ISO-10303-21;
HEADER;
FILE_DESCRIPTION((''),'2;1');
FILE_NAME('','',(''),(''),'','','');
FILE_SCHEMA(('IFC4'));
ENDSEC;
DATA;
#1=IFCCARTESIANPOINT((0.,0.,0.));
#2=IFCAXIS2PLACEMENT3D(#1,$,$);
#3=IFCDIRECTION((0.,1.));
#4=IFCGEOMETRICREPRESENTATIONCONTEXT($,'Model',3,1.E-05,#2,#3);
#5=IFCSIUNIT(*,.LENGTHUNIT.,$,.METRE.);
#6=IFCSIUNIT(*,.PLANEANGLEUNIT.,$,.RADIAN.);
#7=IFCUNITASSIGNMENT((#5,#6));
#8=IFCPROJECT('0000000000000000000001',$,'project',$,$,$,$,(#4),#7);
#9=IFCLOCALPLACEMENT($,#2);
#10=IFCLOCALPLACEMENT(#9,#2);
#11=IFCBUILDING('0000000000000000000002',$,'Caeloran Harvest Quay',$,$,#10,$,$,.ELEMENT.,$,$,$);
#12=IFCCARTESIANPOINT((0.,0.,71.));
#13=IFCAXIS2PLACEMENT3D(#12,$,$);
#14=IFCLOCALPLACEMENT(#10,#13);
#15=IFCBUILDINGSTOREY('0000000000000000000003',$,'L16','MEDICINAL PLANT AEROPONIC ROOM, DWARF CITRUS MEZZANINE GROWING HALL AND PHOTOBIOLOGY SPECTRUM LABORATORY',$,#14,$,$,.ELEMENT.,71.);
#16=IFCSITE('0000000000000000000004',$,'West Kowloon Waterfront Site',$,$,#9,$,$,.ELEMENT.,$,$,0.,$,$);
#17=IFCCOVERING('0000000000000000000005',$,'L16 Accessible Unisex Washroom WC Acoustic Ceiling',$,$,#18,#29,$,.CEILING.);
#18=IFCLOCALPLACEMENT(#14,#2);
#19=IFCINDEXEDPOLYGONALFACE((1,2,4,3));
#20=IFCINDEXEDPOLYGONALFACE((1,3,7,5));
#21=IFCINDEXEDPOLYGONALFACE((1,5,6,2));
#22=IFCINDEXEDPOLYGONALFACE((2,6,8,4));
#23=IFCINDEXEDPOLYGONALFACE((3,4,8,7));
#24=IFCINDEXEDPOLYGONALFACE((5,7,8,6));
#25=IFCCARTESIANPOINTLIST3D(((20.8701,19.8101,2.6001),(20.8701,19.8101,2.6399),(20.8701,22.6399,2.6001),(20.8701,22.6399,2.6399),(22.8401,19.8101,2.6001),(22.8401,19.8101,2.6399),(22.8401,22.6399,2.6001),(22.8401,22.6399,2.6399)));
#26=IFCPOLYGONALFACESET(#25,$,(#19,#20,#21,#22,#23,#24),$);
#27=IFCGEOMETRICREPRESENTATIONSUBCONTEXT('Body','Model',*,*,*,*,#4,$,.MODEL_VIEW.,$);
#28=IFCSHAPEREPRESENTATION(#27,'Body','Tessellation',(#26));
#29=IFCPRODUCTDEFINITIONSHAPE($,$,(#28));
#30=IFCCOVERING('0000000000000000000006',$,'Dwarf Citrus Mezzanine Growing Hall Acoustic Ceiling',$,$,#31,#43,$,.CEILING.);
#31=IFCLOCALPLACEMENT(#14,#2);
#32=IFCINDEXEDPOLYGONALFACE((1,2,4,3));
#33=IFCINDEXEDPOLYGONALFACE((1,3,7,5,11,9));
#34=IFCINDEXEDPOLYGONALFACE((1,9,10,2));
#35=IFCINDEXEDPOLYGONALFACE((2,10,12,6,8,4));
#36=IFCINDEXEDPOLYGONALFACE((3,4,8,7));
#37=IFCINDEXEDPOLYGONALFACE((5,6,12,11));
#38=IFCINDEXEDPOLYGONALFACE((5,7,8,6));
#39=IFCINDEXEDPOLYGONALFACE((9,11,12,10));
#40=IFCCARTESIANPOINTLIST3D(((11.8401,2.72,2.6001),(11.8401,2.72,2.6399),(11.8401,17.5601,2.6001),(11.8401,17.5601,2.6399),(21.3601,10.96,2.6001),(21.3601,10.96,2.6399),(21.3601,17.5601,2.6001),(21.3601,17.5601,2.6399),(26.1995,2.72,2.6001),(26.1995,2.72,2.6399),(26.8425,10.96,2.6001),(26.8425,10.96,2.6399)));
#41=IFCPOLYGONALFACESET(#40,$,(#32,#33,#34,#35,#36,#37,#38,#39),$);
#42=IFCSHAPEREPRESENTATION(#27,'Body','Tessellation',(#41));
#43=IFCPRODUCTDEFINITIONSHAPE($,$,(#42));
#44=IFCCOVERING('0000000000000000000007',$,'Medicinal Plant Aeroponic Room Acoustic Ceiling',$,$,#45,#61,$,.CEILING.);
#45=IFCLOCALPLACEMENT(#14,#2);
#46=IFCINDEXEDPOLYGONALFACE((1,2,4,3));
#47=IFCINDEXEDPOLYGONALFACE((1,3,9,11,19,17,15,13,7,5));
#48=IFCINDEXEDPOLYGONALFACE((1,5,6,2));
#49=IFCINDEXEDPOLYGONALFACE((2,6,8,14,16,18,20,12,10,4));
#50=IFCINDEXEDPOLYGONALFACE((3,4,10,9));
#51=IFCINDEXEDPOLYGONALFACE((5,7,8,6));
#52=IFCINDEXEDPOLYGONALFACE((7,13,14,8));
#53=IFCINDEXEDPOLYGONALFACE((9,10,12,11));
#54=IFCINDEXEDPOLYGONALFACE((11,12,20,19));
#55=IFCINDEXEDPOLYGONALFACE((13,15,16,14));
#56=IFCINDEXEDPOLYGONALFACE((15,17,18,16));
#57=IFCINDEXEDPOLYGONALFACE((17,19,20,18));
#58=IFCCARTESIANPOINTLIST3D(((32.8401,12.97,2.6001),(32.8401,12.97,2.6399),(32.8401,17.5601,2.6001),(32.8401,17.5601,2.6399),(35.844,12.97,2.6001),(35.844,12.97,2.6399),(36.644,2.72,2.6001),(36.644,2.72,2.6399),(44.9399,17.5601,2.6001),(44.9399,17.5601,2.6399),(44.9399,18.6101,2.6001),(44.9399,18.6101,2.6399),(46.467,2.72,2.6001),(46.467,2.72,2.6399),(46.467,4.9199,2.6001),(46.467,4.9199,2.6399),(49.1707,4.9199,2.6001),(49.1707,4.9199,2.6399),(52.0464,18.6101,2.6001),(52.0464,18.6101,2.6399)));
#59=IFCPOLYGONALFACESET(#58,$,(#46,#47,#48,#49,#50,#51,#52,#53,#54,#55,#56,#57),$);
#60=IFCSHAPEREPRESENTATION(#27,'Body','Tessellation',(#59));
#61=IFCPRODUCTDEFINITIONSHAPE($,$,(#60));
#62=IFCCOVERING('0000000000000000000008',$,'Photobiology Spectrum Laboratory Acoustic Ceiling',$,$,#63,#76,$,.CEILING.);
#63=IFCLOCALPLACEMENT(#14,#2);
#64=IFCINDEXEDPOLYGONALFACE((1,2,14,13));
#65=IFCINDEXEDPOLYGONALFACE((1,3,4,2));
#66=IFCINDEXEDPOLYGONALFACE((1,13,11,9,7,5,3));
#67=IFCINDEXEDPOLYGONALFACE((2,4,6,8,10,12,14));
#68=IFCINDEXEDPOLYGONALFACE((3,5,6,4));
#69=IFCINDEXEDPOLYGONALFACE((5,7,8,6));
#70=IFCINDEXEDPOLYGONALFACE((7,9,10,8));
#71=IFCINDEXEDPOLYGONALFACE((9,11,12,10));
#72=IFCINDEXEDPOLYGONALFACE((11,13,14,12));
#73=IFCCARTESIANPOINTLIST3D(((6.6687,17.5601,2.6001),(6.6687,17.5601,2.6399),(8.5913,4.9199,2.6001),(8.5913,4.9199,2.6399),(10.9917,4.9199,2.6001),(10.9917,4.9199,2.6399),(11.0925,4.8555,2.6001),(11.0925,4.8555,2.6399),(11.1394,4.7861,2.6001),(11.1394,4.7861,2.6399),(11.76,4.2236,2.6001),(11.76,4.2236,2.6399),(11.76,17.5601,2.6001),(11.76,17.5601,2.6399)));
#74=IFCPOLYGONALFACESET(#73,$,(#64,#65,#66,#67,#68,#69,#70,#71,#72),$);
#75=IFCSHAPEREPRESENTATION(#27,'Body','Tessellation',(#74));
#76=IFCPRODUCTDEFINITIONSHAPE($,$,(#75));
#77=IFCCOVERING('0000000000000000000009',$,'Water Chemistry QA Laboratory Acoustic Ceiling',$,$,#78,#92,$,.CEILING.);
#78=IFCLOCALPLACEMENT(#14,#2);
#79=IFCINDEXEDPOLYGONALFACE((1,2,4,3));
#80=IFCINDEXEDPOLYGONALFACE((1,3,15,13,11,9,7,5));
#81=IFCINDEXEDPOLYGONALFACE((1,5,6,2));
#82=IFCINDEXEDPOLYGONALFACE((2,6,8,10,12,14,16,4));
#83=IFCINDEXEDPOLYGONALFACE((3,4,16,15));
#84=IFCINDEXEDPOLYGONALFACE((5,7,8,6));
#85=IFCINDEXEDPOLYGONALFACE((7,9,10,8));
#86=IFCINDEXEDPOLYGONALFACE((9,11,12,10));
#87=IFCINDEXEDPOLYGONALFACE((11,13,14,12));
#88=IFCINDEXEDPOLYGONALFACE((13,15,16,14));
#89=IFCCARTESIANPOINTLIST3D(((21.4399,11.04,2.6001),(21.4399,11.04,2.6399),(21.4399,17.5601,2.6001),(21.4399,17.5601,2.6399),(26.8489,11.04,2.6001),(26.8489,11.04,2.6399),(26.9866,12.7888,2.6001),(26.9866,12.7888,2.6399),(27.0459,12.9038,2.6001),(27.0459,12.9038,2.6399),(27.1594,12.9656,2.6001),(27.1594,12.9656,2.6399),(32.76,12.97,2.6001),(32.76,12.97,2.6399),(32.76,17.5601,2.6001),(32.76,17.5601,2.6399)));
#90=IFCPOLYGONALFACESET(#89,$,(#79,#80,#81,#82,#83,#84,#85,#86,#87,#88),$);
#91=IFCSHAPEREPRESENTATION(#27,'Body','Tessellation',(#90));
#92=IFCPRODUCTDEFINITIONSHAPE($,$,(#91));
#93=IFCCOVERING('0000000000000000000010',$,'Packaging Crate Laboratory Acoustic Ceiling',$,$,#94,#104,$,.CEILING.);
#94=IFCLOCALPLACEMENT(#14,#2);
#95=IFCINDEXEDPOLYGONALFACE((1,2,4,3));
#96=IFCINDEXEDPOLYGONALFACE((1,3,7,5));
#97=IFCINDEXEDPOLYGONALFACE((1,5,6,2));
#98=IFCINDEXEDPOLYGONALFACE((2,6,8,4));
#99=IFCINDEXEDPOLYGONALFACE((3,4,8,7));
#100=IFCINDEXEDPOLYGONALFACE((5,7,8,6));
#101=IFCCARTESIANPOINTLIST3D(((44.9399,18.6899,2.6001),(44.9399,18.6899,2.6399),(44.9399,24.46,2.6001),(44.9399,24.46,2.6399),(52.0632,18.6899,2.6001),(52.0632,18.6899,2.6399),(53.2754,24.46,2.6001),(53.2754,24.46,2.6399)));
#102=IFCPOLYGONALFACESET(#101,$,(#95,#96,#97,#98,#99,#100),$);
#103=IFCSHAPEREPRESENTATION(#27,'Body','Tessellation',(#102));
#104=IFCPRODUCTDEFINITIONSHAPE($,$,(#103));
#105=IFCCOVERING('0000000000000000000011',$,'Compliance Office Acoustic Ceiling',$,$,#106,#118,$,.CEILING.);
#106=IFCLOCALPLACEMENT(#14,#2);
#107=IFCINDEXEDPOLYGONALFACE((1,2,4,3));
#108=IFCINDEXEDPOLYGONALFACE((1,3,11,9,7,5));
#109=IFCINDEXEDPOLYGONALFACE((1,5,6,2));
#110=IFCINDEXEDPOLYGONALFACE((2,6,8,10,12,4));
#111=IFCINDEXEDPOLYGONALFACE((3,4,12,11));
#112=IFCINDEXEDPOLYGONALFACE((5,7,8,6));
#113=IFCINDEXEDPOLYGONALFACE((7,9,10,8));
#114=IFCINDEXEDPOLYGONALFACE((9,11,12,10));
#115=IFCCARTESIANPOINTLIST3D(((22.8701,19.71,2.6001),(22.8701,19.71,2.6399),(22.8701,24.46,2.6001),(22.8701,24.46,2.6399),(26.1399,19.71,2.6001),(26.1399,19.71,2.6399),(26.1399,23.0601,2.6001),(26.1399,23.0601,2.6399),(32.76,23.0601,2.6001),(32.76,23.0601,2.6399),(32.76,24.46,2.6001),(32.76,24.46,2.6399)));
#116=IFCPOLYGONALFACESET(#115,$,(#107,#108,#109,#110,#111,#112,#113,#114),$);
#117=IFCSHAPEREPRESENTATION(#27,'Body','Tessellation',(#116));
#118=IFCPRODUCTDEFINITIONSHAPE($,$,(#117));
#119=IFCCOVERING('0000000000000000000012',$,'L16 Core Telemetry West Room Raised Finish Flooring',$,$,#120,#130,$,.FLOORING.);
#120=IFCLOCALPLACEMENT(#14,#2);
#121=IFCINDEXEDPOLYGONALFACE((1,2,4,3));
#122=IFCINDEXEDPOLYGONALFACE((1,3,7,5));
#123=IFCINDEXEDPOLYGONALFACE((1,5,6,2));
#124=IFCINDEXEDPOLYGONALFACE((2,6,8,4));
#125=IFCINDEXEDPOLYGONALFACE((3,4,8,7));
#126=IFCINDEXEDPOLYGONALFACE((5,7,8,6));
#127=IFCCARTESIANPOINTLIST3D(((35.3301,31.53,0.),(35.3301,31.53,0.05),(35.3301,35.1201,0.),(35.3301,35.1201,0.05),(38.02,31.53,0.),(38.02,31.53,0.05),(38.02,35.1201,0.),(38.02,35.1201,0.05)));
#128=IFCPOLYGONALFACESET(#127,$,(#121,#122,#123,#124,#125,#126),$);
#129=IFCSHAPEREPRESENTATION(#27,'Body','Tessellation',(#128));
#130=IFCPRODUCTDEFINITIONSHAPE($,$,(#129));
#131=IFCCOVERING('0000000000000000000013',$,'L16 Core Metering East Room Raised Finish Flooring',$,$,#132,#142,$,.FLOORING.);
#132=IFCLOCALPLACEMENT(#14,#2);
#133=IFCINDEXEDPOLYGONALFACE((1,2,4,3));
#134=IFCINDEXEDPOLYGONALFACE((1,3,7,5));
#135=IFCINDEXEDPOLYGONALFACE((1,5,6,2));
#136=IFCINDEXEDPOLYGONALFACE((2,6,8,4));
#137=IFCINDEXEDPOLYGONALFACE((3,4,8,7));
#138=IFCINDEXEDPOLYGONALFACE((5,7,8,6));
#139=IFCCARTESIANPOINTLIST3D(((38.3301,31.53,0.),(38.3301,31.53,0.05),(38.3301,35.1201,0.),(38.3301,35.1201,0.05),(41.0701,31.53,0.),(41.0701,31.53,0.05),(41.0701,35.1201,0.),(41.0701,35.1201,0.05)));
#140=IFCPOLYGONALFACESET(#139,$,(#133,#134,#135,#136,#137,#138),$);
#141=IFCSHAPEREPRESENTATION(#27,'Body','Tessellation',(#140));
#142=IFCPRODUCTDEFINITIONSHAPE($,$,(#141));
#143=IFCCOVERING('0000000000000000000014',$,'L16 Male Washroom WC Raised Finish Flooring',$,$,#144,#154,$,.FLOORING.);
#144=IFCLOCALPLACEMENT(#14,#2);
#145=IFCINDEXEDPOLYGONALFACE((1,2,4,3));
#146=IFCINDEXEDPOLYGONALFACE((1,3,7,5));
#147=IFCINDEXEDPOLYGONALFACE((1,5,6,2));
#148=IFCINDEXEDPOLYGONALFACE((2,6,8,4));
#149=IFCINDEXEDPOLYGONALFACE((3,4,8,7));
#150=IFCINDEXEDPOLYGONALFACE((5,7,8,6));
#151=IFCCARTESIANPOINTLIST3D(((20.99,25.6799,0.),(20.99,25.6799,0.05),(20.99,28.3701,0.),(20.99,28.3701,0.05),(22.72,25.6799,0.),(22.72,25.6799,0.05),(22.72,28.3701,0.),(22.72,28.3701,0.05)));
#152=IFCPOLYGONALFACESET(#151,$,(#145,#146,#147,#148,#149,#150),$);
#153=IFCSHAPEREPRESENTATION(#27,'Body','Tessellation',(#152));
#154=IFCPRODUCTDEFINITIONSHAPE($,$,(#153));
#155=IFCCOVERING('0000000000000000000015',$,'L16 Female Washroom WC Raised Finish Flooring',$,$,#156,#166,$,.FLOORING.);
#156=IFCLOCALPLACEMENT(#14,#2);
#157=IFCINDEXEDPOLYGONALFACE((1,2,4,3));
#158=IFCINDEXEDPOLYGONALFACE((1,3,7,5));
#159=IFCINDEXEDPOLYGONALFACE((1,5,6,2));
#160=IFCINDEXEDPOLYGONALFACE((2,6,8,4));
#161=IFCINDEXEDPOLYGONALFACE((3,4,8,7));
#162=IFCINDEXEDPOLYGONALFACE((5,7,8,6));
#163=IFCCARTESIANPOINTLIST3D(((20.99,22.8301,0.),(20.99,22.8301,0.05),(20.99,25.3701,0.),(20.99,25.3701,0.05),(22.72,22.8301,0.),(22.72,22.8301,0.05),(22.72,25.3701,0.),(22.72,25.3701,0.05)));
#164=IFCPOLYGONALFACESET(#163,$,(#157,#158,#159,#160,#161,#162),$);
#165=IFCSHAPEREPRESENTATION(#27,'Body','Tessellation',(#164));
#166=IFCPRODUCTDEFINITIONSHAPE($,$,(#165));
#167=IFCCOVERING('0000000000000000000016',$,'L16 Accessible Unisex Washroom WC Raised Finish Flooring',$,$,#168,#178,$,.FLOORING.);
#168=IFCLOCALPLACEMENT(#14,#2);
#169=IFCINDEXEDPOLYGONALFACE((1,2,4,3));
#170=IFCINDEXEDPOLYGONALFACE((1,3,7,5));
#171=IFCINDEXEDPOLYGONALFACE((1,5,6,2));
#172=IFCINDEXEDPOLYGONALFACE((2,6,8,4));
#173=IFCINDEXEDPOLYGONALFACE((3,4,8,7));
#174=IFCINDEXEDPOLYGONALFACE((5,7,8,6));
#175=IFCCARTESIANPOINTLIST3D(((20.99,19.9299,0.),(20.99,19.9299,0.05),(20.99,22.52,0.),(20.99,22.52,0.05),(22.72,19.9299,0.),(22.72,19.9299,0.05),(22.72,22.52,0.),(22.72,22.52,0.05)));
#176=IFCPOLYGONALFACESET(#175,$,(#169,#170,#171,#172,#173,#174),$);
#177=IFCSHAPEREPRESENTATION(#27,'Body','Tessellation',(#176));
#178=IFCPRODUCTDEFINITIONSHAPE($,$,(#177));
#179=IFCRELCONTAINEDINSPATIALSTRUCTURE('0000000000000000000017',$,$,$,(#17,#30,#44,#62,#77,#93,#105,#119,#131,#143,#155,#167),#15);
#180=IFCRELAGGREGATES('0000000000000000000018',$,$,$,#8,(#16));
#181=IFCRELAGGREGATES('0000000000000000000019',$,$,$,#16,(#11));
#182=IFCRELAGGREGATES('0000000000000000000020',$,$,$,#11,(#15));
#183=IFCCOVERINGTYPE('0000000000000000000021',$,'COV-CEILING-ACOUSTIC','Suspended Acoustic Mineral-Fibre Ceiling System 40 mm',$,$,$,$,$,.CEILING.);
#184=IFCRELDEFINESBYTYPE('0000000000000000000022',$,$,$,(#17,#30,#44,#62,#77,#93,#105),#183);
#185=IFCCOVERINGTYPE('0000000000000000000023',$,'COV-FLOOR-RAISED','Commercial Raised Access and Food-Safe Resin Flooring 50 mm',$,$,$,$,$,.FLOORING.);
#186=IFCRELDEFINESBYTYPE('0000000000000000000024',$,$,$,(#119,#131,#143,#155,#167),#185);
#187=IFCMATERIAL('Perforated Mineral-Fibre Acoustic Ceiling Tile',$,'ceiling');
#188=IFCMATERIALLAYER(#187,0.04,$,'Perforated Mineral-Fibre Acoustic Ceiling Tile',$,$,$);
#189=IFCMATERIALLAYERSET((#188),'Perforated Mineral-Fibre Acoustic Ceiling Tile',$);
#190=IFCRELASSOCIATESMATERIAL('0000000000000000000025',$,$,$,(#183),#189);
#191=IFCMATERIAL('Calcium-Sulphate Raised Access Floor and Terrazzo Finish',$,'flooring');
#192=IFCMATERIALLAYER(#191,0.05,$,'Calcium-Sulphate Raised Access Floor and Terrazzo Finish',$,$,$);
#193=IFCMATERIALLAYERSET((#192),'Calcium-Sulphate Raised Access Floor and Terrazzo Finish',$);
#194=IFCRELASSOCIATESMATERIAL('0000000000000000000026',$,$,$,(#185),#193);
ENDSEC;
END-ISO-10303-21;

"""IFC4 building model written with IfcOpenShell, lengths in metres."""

from ifc_helpers import new_model, si_unit, direction, frame, origin, place, context, subcontext, project, spatial, polyline, outline, extrude, material, layer, layer_set, type_object, element, save


model = new_model("IFC4")

# Units and contexts
model_context = context("Model", 3, precision=1e-05, world=origin(), true_north=direction((0.0, 1.0)))
body_context = subcontext(model_context, "Body", "Model", "MODEL_VIEW")
ifc_project = project(units=[si_unit("LENGTHUNIT", "METRE"), si_unit("PLANEANGLEUNIT", "RADIAN")], contexts=[model_context])

# Site, building, storey
site_placement = place(None, origin())
site = spatial("IfcSite", under=ifc_project, at=site_placement, Name="West Kowloon Waterfront Site", CompositionType="ELEMENT", RefElevation=0.0)
building_placement = place(site_placement, origin())
building = spatial("IfcBuilding", under=site, at=building_placement, Name="Caeloran Harvest Quay", CompositionType="ELEMENT")
storey_placement = place(building_placement, frame((0.0, 0.0, 71.0)))
storey = spatial("IfcBuildingStorey", under=building, at=storey_placement, Name="L16", Description="MEDICINAL PLANT AEROPONIC ROOM, DWARF CITRUS MEZZANINE GROWING HALL AND PHOTOBIOLOGY SPECTRUM LABORATORY", CompositionType="ELEMENT", Elevation=71.0)

# Coverings
ifc_material_1 = material(Name="Perforated Mineral-Fibre Acoustic Ceiling Tile", Category="ceiling")
ifc_layer_1 = layer(ifc_material_1, 0.04, Name="Perforated Mineral-Fibre Acoustic Ceiling Tile")
ifc_layer_set_1 = layer_set([ifc_layer_1], Name="Perforated Mineral-Fibre Acoustic Ceiling Tile")
covering_type_1 = type_object("IfcCoveringType", Name="COV-CEILING-ACOUSTIC", Description="Suspended Acoustic Mineral-Fibre Ceiling System 40 mm", PredefinedType="CEILING", material=ifc_layer_set_1)
covering_1_placement = place(storey_placement, frame((0.0, 0.0, 2.6001)))
element("IfcCovering", 1, at=covering_1_placement, inside=storey, type_object=covering_type_1, Name="L16 Accessible Unisex Washroom WC Acoustic Ceiling", PredefinedType="CEILING", context=body_context, shape_type="SweptSolid", body=[
    extrude(outline(polyline([(22.8401, 19.8101), (20.8701, 19.8101), (20.8701, 22.6399), (22.8401, 22.6399), (22.8401, 19.8101)])), origin(), (0.0, 0.0, 1.0), 0.0398),
])
covering_2_placement = place(storey_placement, frame((0.0, 0.0, 2.6001)))
element("IfcCovering", 2, at=covering_2_placement, inside=storey, type_object=covering_type_1, Name="Dwarf Citrus Mezzanine Growing Hall Acoustic Ceiling", PredefinedType="CEILING", context=body_context, shape_type="SweptSolid", body=[
    extrude(outline(polyline([(21.3601, 10.96), (26.8425, 10.96), (26.1995, 2.72), (11.8401, 2.72), (11.8401, 17.5601), (21.3601, 17.5601), (21.3601, 10.96)])), origin(), (0.0, 0.0, 1.0), 0.0398),
])
covering_3_placement = place(storey_placement, frame((0.0, 0.0, 2.6001)))
element("IfcCovering", 3, at=covering_3_placement, inside=storey, type_object=covering_type_1, Name="Medicinal Plant Aeroponic Room Acoustic Ceiling", PredefinedType="CEILING", context=body_context, shape_type="SweptSolid", body=[
    extrude(outline(polyline([(32.8401, 17.5601), (44.9399, 17.5601), (44.9399, 18.6101), (52.0464, 18.6101), (49.1707, 4.9199), (46.467, 4.9199), (46.467, 2.72), (36.644, 2.72), (35.844, 12.97), (32.8401, 12.97), (32.8401, 17.5601)])), origin(), (0.0, 0.0, 1.0), 0.0398),
])
covering_4_placement = place(storey_placement, frame((0.0, 0.0, 2.6001)))
element("IfcCovering", 4, at=covering_4_placement, inside=storey, type_object=covering_type_1, Name="Photobiology Spectrum Laboratory Acoustic Ceiling", PredefinedType="CEILING", context=body_context, shape_type="SweptSolid", body=[
    extrude(outline(polyline([(11.76, 4.2236), (11.1394, 4.7861), (11.0925, 4.8555), (10.9917, 4.9199), (8.5913, 4.9199), (6.6687, 17.5601), (11.76, 17.5601), (11.76, 4.2236)])), origin(), (0.0, 0.0, 1.0), 0.0398),
])
covering_5_placement = place(storey_placement, frame((0.0, 0.0, 2.6001)))
element("IfcCovering", 5, at=covering_5_placement, inside=storey, type_object=covering_type_1, Name="Water Chemistry QA Laboratory Acoustic Ceiling", PredefinedType="CEILING", context=body_context, shape_type="SweptSolid", body=[
    extrude(outline(polyline([(27.1594, 12.9656), (27.0459, 12.9038), (26.9866, 12.7888), (26.8489, 11.04), (21.4399, 11.04), (21.4399, 17.5601), (32.76, 17.5601), (32.76, 12.97), (27.1594, 12.9656)])), origin(), (0.0, 0.0, 1.0), 0.0398),
])
covering_6_placement = place(storey_placement, frame((0.0, 0.0, 2.6001)))
element("IfcCovering", 6, at=covering_6_placement, inside=storey, type_object=covering_type_1, Name="Packaging Crate Laboratory Acoustic Ceiling", PredefinedType="CEILING", context=body_context, shape_type="SweptSolid", body=[
    extrude(outline(polyline([(44.9399, 24.46), (53.2754, 24.46), (52.0632, 18.6899), (44.9399, 18.6899), (44.9399, 24.46)])), origin(), (0.0, 0.0, 1.0), 0.0398),
])
covering_7_placement = place(storey_placement, frame((0.0, 0.0, 2.6001)))
element("IfcCovering", 7, at=covering_7_placement, inside=storey, type_object=covering_type_1, Name="Compliance Office Acoustic Ceiling", PredefinedType="CEILING", context=body_context, shape_type="SweptSolid", body=[
    extrude(outline(polyline([(26.1399, 23.0601), (26.1399, 19.71), (22.8701, 19.71), (22.8701, 24.46), (32.76, 24.46), (32.76, 23.0601), (26.1399, 23.0601)])), origin(), (0.0, 0.0, 1.0), 0.0398),
])
ifc_material_2 = material(Name="Calcium-Sulphate Raised Access Floor and Terrazzo Finish", Category="flooring")
ifc_layer_2 = layer(ifc_material_2, 0.05, Name="Calcium-Sulphate Raised Access Floor and Terrazzo Finish")
ifc_layer_set_2 = layer_set([ifc_layer_2], Name="Calcium-Sulphate Raised Access Floor and Terrazzo Finish")
covering_type_2 = type_object("IfcCoveringType", Name="COV-FLOOR-RAISED", Description="Commercial Raised Access and Food-Safe Resin Flooring 50 mm", PredefinedType="FLOORING", material=ifc_layer_set_2)
covering_8_placement = place(storey_placement, origin())
element("IfcCovering", 8, at=covering_8_placement, inside=storey, type_object=covering_type_2, Name="L16 Core Telemetry West Room Raised Finish Flooring", PredefinedType="FLOORING", context=body_context, shape_type="SweptSolid", body=[
    extrude(outline(polyline([(38.02, 35.1201), (38.02, 31.53), (35.3301, 31.53), (35.3301, 35.1201), (38.02, 35.1201)])), origin(), (0.0, 0.0, 1.0), 0.05),
])
covering_9_placement = place(storey_placement, origin())
element("IfcCovering", 9, at=covering_9_placement, inside=storey, type_object=covering_type_2, Name="L16 Core Metering East Room Raised Finish Flooring", PredefinedType="FLOORING", context=body_context, shape_type="SweptSolid", body=[
    extrude(outline(polyline([(41.0701, 35.1201), (41.0701, 31.53), (38.3301, 31.53), (38.3301, 35.1201), (41.0701, 35.1201)])), origin(), (0.0, 0.0, 1.0), 0.05),
])
covering_10_placement = place(storey_placement, origin())
element("IfcCovering", 10, at=covering_10_placement, inside=storey, type_object=covering_type_2, Name="L16 Male Washroom WC Raised Finish Flooring", PredefinedType="FLOORING", context=body_context, shape_type="SweptSolid", body=[
    extrude(outline(polyline([(22.72, 25.6799), (20.99, 25.6799), (20.99, 28.3701), (22.72, 28.3701), (22.72, 25.6799)])), origin(), (0.0, 0.0, 1.0), 0.05),
])
covering_11_placement = place(storey_placement, origin())
element("IfcCovering", 11, at=covering_11_placement, inside=storey, type_object=covering_type_2, Name="L16 Female Washroom WC Raised Finish Flooring", PredefinedType="FLOORING", context=body_context, shape_type="SweptSolid", body=[
    extrude(outline(polyline([(22.72, 22.8301), (20.99, 22.8301), (20.99, 25.3701), (22.72, 25.3701), (22.72, 22.8301)])), origin(), (0.0, 0.0, 1.0), 0.05),
])
covering_12_placement = place(storey_placement, origin())
element("IfcCovering", 12, at=covering_12_placement, inside=storey, type_object=covering_type_2, Name="L16 Accessible Unisex Washroom WC Raised Finish Flooring", PredefinedType="FLOORING", context=body_context, shape_type="SweptSolid", body=[
    extrude(outline(polyline([(22.72, 19.9299), (20.99, 19.9299), (20.99, 22.52), (22.72, 22.52), (22.72, 19.9299)])), origin(), (0.0, 0.0, 1.0), 0.05),
])

save(model, "model.ifc")
